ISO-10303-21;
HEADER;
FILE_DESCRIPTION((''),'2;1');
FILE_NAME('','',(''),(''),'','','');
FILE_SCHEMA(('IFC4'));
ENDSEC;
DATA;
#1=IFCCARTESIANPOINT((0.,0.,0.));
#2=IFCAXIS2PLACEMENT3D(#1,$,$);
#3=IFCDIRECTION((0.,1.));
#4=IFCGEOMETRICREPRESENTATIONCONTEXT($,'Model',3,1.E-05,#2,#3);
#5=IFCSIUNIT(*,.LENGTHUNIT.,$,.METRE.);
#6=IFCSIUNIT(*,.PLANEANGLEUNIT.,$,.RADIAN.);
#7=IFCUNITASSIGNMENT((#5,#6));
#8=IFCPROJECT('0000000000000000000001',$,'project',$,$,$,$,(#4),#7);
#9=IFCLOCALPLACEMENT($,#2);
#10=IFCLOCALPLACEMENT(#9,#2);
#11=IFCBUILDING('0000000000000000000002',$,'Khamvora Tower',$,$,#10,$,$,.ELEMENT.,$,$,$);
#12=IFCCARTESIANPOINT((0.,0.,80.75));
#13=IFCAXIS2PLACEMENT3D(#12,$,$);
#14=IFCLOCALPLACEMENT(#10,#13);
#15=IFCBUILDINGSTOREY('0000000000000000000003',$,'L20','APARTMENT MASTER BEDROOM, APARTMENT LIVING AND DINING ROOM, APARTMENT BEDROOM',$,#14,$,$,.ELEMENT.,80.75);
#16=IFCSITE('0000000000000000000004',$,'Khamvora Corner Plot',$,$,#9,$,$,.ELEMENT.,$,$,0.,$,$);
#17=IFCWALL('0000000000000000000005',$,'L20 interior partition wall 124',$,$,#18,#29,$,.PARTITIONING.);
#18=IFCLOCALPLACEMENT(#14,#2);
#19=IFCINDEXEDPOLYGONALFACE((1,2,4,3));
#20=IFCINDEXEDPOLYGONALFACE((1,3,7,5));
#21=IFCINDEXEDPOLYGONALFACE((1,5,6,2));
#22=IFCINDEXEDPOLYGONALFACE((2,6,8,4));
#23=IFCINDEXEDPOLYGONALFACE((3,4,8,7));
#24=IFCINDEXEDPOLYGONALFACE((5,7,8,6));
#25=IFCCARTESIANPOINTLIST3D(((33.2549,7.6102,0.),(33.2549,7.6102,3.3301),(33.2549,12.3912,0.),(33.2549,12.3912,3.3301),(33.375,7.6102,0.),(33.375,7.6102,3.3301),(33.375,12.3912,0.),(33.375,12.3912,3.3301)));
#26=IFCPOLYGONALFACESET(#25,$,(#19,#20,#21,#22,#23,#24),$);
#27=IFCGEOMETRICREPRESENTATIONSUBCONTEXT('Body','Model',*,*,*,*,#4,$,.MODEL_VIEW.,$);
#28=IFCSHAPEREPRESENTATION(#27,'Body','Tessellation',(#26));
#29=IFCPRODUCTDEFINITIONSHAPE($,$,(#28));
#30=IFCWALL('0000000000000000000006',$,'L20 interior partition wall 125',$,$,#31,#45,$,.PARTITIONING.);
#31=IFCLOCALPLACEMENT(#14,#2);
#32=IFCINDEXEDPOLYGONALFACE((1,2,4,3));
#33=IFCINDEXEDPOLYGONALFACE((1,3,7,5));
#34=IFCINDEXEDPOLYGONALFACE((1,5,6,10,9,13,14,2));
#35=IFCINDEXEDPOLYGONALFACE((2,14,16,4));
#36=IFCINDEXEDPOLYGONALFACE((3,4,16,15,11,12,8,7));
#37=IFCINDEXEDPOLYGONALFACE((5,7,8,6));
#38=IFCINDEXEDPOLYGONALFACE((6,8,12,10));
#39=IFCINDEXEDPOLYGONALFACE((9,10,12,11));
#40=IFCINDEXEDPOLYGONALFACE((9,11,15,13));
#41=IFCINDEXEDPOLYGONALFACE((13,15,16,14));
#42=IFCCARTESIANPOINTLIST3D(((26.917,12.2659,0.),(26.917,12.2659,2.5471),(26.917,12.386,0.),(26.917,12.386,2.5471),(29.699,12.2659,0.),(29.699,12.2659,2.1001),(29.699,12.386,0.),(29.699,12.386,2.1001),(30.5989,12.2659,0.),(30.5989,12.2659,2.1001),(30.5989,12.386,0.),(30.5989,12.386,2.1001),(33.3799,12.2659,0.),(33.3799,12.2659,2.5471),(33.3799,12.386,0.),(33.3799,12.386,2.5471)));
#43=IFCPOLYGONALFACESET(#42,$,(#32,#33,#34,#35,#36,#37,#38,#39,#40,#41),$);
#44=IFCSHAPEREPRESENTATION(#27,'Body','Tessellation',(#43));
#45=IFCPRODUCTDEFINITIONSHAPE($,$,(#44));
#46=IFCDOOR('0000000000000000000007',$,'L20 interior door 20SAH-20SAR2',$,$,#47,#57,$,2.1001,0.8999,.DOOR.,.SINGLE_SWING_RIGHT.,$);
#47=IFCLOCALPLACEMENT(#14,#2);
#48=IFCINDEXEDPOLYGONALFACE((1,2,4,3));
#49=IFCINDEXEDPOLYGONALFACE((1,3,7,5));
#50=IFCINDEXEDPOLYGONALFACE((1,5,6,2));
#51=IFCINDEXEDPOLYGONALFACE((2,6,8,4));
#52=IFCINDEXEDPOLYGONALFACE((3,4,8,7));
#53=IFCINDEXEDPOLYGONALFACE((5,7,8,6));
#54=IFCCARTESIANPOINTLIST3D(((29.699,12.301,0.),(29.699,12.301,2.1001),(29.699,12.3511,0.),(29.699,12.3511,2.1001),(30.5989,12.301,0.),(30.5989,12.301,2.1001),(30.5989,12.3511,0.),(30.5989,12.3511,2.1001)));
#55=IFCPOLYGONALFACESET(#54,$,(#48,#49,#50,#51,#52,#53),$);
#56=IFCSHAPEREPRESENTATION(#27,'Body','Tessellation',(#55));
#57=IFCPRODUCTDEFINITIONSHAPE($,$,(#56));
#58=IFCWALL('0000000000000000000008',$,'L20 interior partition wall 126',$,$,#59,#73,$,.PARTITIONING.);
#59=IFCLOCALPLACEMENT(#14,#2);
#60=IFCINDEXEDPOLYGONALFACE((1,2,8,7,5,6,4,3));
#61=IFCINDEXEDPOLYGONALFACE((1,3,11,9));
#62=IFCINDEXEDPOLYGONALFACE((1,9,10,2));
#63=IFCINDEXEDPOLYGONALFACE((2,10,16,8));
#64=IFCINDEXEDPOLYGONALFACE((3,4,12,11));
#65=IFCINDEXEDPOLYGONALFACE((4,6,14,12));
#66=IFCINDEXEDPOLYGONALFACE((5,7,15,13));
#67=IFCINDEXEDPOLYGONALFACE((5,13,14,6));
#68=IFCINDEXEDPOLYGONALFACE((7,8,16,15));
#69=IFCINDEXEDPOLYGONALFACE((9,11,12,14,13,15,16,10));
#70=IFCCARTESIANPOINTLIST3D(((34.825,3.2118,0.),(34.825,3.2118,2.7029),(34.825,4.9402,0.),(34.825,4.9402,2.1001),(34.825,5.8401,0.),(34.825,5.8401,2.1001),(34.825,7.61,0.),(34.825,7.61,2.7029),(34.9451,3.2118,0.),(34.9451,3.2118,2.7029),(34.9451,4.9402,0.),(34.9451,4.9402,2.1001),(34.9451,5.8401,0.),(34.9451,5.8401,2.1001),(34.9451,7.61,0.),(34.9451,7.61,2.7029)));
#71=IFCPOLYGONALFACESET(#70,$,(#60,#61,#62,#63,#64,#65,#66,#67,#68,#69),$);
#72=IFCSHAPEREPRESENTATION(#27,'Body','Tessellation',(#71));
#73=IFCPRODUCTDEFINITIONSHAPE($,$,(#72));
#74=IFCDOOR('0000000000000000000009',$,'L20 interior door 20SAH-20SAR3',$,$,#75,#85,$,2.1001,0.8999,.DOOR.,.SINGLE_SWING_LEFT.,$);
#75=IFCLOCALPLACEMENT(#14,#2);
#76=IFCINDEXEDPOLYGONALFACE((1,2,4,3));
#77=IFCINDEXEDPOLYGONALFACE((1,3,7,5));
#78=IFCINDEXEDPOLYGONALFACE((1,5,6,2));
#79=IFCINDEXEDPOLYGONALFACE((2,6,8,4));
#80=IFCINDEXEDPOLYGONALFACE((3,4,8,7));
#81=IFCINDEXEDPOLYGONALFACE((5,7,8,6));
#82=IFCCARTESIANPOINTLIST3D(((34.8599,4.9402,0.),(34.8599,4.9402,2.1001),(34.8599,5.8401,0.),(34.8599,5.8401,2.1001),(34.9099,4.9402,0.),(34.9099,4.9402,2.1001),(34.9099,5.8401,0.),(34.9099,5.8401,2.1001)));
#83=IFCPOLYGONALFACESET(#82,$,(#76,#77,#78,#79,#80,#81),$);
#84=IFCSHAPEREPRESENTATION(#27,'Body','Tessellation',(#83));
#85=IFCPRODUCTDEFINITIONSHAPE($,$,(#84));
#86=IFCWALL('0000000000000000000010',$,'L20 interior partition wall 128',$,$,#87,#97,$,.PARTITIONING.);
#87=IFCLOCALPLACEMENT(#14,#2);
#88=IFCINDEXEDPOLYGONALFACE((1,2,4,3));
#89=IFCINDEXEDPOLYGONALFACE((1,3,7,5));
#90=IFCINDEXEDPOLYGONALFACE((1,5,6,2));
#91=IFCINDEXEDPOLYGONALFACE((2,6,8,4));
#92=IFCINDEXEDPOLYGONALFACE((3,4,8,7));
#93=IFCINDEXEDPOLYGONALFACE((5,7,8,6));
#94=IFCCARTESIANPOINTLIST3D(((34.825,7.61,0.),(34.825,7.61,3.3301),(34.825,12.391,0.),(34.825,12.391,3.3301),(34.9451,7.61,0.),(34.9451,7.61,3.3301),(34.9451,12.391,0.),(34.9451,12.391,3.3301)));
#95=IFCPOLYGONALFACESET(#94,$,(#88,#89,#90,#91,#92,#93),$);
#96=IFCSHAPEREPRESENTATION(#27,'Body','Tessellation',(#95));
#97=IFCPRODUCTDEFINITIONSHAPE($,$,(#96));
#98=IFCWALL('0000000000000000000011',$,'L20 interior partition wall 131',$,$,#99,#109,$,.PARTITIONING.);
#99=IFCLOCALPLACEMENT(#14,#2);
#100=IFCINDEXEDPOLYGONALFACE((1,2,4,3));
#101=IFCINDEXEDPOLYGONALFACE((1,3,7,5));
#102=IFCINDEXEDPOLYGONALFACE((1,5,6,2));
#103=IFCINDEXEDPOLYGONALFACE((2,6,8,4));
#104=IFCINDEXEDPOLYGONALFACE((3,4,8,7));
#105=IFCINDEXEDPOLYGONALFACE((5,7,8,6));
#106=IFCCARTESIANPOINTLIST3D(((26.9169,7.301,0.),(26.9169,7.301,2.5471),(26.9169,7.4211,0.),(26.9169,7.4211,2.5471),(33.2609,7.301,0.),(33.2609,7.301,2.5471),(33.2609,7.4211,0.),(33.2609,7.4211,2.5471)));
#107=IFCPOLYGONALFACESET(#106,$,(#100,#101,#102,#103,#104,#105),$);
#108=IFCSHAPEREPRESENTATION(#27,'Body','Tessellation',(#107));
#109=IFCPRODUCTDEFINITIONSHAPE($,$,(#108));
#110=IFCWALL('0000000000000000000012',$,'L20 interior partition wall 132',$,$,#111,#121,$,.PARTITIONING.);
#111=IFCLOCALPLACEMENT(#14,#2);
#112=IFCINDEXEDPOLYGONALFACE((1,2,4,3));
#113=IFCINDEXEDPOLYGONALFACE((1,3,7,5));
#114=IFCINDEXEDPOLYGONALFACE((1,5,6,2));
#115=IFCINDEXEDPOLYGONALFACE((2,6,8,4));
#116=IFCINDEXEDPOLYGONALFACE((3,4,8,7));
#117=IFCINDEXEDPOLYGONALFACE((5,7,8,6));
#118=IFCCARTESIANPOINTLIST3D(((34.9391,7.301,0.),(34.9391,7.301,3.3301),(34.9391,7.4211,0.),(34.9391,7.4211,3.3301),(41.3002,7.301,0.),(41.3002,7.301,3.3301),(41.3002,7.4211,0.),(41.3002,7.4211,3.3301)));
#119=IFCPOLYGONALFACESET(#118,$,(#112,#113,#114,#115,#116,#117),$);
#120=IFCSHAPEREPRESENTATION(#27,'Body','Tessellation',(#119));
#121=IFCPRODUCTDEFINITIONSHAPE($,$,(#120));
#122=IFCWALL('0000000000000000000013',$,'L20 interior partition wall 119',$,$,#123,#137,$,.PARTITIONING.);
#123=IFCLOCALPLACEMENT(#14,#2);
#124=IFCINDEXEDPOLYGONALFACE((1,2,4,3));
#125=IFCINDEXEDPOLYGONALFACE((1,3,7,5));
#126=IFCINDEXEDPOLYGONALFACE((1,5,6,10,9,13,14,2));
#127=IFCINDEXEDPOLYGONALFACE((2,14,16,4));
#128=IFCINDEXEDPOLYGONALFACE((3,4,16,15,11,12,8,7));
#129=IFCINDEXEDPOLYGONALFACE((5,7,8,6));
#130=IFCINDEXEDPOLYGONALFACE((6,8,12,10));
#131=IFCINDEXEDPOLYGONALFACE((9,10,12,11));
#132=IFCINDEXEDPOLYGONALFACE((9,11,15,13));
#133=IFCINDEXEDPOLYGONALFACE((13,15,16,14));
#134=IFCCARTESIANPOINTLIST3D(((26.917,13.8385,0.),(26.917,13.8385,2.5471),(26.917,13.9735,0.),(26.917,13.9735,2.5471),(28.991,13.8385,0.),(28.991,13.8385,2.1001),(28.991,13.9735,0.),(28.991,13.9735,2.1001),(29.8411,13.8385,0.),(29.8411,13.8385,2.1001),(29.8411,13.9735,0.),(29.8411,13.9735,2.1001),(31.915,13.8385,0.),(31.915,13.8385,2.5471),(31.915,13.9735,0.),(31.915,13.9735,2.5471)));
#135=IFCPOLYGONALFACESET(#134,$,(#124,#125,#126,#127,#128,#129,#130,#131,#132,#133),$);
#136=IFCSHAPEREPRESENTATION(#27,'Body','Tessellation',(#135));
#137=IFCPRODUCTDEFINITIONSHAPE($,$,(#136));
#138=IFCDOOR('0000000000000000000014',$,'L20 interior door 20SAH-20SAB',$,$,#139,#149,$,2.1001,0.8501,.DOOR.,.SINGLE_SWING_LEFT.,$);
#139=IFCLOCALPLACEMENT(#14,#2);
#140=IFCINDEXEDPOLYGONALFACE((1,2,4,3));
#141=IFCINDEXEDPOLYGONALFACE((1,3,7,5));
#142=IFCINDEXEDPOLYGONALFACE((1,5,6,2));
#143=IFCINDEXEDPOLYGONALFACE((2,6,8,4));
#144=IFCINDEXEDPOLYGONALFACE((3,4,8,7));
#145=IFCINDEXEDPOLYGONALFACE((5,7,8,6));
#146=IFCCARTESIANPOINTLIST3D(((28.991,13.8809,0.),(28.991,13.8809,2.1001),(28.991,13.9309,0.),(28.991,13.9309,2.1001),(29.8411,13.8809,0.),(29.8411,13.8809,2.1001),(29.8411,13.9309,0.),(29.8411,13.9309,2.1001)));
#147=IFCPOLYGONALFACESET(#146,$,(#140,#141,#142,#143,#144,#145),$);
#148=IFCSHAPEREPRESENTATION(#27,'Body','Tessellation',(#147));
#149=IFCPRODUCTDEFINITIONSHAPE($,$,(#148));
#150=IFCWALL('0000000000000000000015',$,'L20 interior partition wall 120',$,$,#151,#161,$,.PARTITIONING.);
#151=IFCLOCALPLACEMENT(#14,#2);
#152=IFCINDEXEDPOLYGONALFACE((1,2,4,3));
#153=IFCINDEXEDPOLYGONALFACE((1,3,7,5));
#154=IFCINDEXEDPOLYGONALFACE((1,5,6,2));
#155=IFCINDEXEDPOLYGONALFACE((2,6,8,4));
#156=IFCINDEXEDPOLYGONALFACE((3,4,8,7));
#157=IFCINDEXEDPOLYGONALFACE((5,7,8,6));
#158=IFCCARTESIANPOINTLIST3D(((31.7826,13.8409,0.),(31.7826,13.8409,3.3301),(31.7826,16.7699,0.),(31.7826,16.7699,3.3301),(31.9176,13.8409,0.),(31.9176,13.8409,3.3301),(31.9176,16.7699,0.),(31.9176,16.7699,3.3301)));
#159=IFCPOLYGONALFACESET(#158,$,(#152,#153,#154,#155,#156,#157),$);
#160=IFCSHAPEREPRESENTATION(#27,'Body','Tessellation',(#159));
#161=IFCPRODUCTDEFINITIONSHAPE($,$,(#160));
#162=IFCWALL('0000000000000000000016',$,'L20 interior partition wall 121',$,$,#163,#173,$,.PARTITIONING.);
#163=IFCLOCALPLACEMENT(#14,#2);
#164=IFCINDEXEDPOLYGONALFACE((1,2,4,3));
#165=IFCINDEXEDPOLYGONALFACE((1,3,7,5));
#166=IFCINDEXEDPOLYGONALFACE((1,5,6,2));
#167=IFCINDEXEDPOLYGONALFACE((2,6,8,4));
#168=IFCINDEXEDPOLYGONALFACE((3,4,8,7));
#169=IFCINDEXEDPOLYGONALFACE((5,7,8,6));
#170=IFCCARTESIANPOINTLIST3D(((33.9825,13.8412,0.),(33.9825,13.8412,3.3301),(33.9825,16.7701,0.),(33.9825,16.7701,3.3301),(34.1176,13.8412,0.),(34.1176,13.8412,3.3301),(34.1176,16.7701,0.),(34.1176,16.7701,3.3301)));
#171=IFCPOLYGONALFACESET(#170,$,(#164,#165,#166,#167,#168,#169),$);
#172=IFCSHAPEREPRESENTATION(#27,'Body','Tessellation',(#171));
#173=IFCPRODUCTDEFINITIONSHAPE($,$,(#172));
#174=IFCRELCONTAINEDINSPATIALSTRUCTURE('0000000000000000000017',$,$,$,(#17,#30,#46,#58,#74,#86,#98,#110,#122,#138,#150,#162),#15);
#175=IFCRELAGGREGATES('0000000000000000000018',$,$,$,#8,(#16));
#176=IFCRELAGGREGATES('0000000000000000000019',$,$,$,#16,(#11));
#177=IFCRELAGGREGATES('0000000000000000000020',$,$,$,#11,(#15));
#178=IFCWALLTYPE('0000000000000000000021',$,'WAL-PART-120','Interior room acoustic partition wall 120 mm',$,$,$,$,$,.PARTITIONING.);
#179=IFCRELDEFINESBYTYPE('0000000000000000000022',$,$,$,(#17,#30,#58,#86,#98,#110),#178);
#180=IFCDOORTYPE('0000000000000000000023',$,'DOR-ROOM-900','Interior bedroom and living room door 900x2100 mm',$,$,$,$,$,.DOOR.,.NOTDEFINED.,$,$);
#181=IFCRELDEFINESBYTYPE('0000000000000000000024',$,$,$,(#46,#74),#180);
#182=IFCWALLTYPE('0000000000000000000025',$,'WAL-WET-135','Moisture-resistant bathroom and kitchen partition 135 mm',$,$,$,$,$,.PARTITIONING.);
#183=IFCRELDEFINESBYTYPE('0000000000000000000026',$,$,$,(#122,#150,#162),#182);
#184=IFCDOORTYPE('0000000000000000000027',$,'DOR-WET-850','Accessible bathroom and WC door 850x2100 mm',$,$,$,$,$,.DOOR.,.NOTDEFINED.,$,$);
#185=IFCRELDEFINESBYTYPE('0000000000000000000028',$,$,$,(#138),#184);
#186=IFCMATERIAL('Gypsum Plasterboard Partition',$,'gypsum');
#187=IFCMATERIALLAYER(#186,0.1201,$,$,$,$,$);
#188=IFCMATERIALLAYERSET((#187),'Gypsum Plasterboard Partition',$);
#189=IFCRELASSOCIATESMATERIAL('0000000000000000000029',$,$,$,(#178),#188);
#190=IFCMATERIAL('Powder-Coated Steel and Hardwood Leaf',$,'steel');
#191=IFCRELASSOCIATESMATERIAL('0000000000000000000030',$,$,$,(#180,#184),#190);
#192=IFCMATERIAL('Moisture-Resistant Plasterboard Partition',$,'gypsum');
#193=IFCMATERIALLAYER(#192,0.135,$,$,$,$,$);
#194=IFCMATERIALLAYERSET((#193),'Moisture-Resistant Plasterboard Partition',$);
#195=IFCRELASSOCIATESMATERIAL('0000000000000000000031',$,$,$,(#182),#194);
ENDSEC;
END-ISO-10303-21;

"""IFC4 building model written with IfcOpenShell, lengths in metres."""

from ifc_helpers import new_model, si_unit, direction, frame, frame_2d, origin, place, context, subcontext, project, spatial, rectangle, extrude, material, layer, layer_set, type_object, element, fill, save


model = new_model("IFC4")

# Units and contexts
model_context = context("Model", 3, precision=1e-05, world=origin(), true_north=direction((0.0, 1.0)))
body_context = subcontext(model_context, "Body", "Model", "MODEL_VIEW")
ifc_project = project(units=[si_unit("LENGTHUNIT", "METRE"), si_unit("PLANEANGLEUNIT", "RADIAN")], contexts=[model_context])

# Site, building, storey
site_placement = place(None, origin())
site = spatial("IfcSite", under=ifc_project, at=site_placement, Name="Khamvora Corner Plot", CompositionType="ELEMENT", RefElevation=0.0)
building_placement = place(site_placement, origin())
building = spatial("IfcBuilding", under=site, at=building_placement, Name="Khamvora Tower", CompositionType="ELEMENT")
storey_placement = place(building_placement, frame((0.0, 0.0, 80.75)))
storey = spatial("IfcBuildingStorey", under=building, at=storey_placement, Name="L20", Description="APARTMENT MASTER BEDROOM, APARTMENT LIVING AND DINING ROOM, APARTMENT BEDROOM", CompositionType="ELEMENT", Elevation=80.75)

# Shared definitions
ifc_material_1 = material(Name="Powder-Coated Steel and Hardwood Leaf", Category="steel")

# Shared definitions
ifc_material_2 = material(Name="Gypsum Plasterboard Partition", Category="gypsum")
ifc_layer_1 = layer(ifc_material_2, 0.1201)
ifc_layer_set_1 = layer_set([ifc_layer_1], Name="Gypsum Plasterboard Partition")
wall_type_1 = type_object("IfcWallType", Name="WAL-PART-120", Description="Interior room acoustic partition wall 120 mm", PredefinedType="PARTITIONING", material=ifc_layer_set_1)
door_type_1 = type_object("IfcDoorType", Name="DOR-ROOM-900", Description="Interior bedroom and living room door 900x2100 mm", OperationType="NOTDEFINED", PredefinedType="DOOR", material=ifc_material_1)

# Wall
wall_1_placement = place(storey_placement, frame((33.3149, 7.6101, 0.0), z_axis=(0.0, 0.0, 1.0), x_axis=(0.0, 1.0, 0.0)))
element("IfcWall", 1, at=wall_1_placement, inside=storey, type_object=wall_type_1, Name="L20 interior partition wall 124", PredefinedType="PARTITIONING", context=body_context, shape_type="SweptSolid", body=[
    extrude(rectangle(XDim=4.781, YDim=0.1201, at=frame_2d((2.3906, 0.0))), origin(), (0.0, 0.0, 1.0), 3.3301),
])

# Walls, openings, doors
wall_2_placement = place(storey_placement, frame((33.3799, 12.3259, 0.0), z_axis=(0.0, 0.0, 1.0), x_axis=(-1.0, 0.0, 0.0)))
wall_2 = element("IfcWall", 2, at=wall_2_placement, inside=storey, type_object=wall_type_1, Name="L20 interior partition wall 125", PredefinedType="PARTITIONING", context=body_context, shape_type="SweptSolid", body=[
    extrude(rectangle(XDim=6.4629, YDim=0.1201, at=frame_2d((3.2314, 0.0))), origin(), (0.0, 0.0, 1.0), 2.5471),
])
opening_1_placement = place(wall_2_placement, frame((2.781, 0.0, 0.0)))
opening_1 = element("IfcOpeningElement", 3, at=opening_1_placement, cuts=wall_2, PredefinedType="OPENING", context=body_context, shape_type="SweptSolid", body=[
    extrude(rectangle(XDim=0.8999, YDim=2.1001, at=frame_2d((0.45, 1.05))), frame((0.0, 0.0701, 0.0), z_axis=(0.0, -1.0, 0.0), x_axis=(1.0, 0.0, 0.0)), (0.0, 0.0, 1.0), 0.1401),
])
door_1_placement = place(opening_1_placement, origin())
door_1 = element("IfcDoor", 4, at=door_1_placement, inside=storey, type_object=door_type_1, Name="L20 interior door 20SAH-20SAR2", OperationType="SINGLE_SWING_RIGHT", OverallHeight=2.1001, OverallWidth=0.8999, PredefinedType="DOOR", context=body_context, shape_type="SweptSolid", body=[
    extrude(rectangle(XDim=0.8999, YDim=2.1001, at=frame_2d((0.45, 1.05))), frame((0.0, 0.0249, 0.0), z_axis=(0.0, -1.0, 0.0), x_axis=(1.0, 0.0, 0.0)), (0.0, 0.0, 1.0), 0.05),
])
fill(opening_1, door_1)
wall_3_placement = place(storey_placement, frame((34.885, 7.6101, 0.0), z_axis=(0.0, 0.0, 1.0), x_axis=(0.0, -1.0, 0.0)))
wall_3 = element("IfcWall", 5, at=wall_3_placement, inside=storey, type_object=wall_type_1, Name="L20 interior partition wall 126", PredefinedType="PARTITIONING", context=body_context, shape_type="SweptSolid", body=[
    extrude(rectangle(XDim=4.3982, YDim=0.1201, at=frame_2d((2.1992, 0.0))), origin(), (0.0, 0.0, 1.0), 2.7029),
])
opening_2_placement = place(wall_3_placement, frame((1.77, 0.0, 0.0)))
opening_2 = element("IfcOpeningElement", 6, at=opening_2_placement, cuts=wall_3, PredefinedType="OPENING", context=body_context, shape_type="SweptSolid", body=[
    extrude(rectangle(XDim=0.8999, YDim=2.1001, at=frame_2d((0.45, 1.05))), frame((0.0, 0.0701, 0.0), z_axis=(0.0, -1.0, 0.0), x_axis=(1.0, 0.0, 0.0)), (0.0, 0.0, 1.0), 0.1401),
])
door_2_placement = place(opening_2_placement, origin())
door_2 = element("IfcDoor", 7, at=door_2_placement, inside=storey, type_object=door_type_1, Name="L20 interior door 20SAH-20SAR3", OperationType="SINGLE_SWING_LEFT", OverallHeight=2.1001, OverallWidth=0.8999, PredefinedType="DOOR", context=body_context, shape_type="SweptSolid", body=[
    extrude(rectangle(XDim=0.8999, YDim=2.1001, at=frame_2d((0.45, 1.05))), frame((0.0, 0.0249, 0.0), z_axis=(0.0, -1.0, 0.0), x_axis=(1.0, 0.0, 0.0)), (0.0, 0.0, 1.0), 0.05),
])
fill(opening_2, door_2)

# Walls
wall_4_placement = place(storey_placement, frame((34.885, 12.3911, 0.0), z_axis=(0.0, 0.0, 1.0), x_axis=(0.0, -1.0, 0.0)))
element("IfcWall", 8, at=wall_4_placement, inside=storey, type_object=wall_type_1, Name="L20 interior partition wall 128", PredefinedType="PARTITIONING", context=body_context, shape_type="SweptSolid", body=[
    extrude(rectangle(XDim=4.781, YDim=0.1201, at=frame_2d((2.3906, 0.0))), origin(), (0.0, 0.0, 1.0), 3.3301),
])
wall_5_placement = place(storey_placement, frame((26.917, 7.3611, 0.0), z_axis=(0.0, 0.0, 1.0), x_axis=(1.0, 0.0, 0.0)))
element("IfcWall", 9, at=wall_5_placement, inside=storey, type_object=wall_type_1, Name="L20 interior partition wall 131", PredefinedType="PARTITIONING", context=body_context, shape_type="SweptSolid", body=[
    extrude(rectangle(XDim=6.344, YDim=0.1201, at=frame_2d((3.1719, 0.0))), origin(), (0.0, 0.0, 1.0), 2.5471),
])
wall_6_placement = place(storey_placement, frame((34.939, 7.3611, 0.0), z_axis=(0.0, 0.0, 1.0), x_axis=(1.0, 0.0, 0.0)))
element("IfcWall", 10, at=wall_6_placement, inside=storey, type_object=wall_type_1, Name="L20 interior partition wall 132", PredefinedType="PARTITIONING", context=body_context, shape_type="SweptSolid", body=[
    extrude(rectangle(XDim=6.3611, YDim=0.1201, at=frame_2d((3.1807, 0.0))), origin(), (0.0, 0.0, 1.0), 3.3301),
])

# Wall, opening, door
ifc_material_3 = material(Name="Moisture-Resistant Plasterboard Partition", Category="gypsum")
ifc_layer_2 = layer(ifc_material_3, 0.135)
ifc_layer_set_2 = layer_set([ifc_layer_2], Name="Moisture-Resistant Plasterboard Partition")
wall_type_2 = type_object("IfcWallType", Name="WAL-WET-135", Description="Moisture-resistant bathroom and kitchen partition 135 mm", PredefinedType="PARTITIONING", material=ifc_layer_set_2)
wall_7_placement = place(storey_placement, frame((26.917, 13.906, 0.0), z_axis=(0.0, 0.0, 1.0), x_axis=(1.0, 0.0, 0.0)))
wall_7 = element("IfcWall", 11, at=wall_7_placement, inside=storey, type_object=wall_type_2, Name="L20 interior partition wall 119", PredefinedType="PARTITIONING", context=body_context, shape_type="SweptSolid", body=[
    extrude(rectangle(XDim=4.998, YDim=0.135, at=frame_2d((2.499, 0.0))), origin(), (0.0, 0.0, 1.0), 2.5471),
])
opening_3_placement = place(wall_7_placement, frame((2.074, 0.0, 0.0)))
opening_3 = element("IfcOpeningElement", 12, at=opening_3_placement, cuts=wall_7, PredefinedType="OPENING", context=body_context, shape_type="SweptSolid", body=[
    extrude(rectangle(XDim=0.8501, YDim=2.1001, at=frame_2d((0.425, 1.05))), frame((0.0, 0.0774, 0.0), z_axis=(0.0, -1.0, 0.0), x_axis=(1.0, 0.0, 0.0)), (0.0, 0.0, 1.0), 0.155),
])
door_type_2 = type_object("IfcDoorType", Name="DOR-WET-850", Description="Accessible bathroom and WC door 850x2100 mm", OperationType="NOTDEFINED", PredefinedType="DOOR", material=ifc_material_1)
door_3_placement = place(opening_3_placement, origin())
door_3 = element("IfcDoor", 13, at=door_3_placement, inside=storey, type_object=door_type_2, Name="L20 interior door 20SAH-20SAB", OperationType="SINGLE_SWING_LEFT", OverallHeight=2.1001, OverallWidth=0.8501, PredefinedType="DOOR", context=body_context, shape_type="SweptSolid", body=[
    extrude(rectangle(XDim=0.8501, YDim=2.1001, at=frame_2d((0.425, 1.05))), frame((0.0, 0.0249, 0.0), z_axis=(0.0, -1.0, 0.0), x_axis=(1.0, 0.0, 0.0)), (0.0, 0.0, 1.0), 0.05),
])
fill(opening_3, door_3)

# Walls
for number, where, z_axis, x_axis, name in (
    (14, (31.8501, 13.8411, 0.0), (0.0, 0.0, 1.0), (0.0, 1.0, 0.0), "L20 interior partition wall 120"),
    (15, (34.05, 16.77, 0.0), (0.0, 0.0, 1.0), (0.0, -1.0, 0.0), "L20 interior partition wall 121"),
):
    element("IfcWall", number, at=place(storey_placement, frame(where, z_axis=z_axis, x_axis=x_axis)), inside=storey, type_object=wall_type_2, Name=name, PredefinedType="PARTITIONING", context=body_context, shape_type="SweptSolid", body=[
        extrude(rectangle(XDim=2.929, YDim=0.135, at=frame_2d((1.4644, 0.0))), origin(), (0.0, 0.0, 1.0), 3.3301),
    ])

save(model, "model.ifc")
